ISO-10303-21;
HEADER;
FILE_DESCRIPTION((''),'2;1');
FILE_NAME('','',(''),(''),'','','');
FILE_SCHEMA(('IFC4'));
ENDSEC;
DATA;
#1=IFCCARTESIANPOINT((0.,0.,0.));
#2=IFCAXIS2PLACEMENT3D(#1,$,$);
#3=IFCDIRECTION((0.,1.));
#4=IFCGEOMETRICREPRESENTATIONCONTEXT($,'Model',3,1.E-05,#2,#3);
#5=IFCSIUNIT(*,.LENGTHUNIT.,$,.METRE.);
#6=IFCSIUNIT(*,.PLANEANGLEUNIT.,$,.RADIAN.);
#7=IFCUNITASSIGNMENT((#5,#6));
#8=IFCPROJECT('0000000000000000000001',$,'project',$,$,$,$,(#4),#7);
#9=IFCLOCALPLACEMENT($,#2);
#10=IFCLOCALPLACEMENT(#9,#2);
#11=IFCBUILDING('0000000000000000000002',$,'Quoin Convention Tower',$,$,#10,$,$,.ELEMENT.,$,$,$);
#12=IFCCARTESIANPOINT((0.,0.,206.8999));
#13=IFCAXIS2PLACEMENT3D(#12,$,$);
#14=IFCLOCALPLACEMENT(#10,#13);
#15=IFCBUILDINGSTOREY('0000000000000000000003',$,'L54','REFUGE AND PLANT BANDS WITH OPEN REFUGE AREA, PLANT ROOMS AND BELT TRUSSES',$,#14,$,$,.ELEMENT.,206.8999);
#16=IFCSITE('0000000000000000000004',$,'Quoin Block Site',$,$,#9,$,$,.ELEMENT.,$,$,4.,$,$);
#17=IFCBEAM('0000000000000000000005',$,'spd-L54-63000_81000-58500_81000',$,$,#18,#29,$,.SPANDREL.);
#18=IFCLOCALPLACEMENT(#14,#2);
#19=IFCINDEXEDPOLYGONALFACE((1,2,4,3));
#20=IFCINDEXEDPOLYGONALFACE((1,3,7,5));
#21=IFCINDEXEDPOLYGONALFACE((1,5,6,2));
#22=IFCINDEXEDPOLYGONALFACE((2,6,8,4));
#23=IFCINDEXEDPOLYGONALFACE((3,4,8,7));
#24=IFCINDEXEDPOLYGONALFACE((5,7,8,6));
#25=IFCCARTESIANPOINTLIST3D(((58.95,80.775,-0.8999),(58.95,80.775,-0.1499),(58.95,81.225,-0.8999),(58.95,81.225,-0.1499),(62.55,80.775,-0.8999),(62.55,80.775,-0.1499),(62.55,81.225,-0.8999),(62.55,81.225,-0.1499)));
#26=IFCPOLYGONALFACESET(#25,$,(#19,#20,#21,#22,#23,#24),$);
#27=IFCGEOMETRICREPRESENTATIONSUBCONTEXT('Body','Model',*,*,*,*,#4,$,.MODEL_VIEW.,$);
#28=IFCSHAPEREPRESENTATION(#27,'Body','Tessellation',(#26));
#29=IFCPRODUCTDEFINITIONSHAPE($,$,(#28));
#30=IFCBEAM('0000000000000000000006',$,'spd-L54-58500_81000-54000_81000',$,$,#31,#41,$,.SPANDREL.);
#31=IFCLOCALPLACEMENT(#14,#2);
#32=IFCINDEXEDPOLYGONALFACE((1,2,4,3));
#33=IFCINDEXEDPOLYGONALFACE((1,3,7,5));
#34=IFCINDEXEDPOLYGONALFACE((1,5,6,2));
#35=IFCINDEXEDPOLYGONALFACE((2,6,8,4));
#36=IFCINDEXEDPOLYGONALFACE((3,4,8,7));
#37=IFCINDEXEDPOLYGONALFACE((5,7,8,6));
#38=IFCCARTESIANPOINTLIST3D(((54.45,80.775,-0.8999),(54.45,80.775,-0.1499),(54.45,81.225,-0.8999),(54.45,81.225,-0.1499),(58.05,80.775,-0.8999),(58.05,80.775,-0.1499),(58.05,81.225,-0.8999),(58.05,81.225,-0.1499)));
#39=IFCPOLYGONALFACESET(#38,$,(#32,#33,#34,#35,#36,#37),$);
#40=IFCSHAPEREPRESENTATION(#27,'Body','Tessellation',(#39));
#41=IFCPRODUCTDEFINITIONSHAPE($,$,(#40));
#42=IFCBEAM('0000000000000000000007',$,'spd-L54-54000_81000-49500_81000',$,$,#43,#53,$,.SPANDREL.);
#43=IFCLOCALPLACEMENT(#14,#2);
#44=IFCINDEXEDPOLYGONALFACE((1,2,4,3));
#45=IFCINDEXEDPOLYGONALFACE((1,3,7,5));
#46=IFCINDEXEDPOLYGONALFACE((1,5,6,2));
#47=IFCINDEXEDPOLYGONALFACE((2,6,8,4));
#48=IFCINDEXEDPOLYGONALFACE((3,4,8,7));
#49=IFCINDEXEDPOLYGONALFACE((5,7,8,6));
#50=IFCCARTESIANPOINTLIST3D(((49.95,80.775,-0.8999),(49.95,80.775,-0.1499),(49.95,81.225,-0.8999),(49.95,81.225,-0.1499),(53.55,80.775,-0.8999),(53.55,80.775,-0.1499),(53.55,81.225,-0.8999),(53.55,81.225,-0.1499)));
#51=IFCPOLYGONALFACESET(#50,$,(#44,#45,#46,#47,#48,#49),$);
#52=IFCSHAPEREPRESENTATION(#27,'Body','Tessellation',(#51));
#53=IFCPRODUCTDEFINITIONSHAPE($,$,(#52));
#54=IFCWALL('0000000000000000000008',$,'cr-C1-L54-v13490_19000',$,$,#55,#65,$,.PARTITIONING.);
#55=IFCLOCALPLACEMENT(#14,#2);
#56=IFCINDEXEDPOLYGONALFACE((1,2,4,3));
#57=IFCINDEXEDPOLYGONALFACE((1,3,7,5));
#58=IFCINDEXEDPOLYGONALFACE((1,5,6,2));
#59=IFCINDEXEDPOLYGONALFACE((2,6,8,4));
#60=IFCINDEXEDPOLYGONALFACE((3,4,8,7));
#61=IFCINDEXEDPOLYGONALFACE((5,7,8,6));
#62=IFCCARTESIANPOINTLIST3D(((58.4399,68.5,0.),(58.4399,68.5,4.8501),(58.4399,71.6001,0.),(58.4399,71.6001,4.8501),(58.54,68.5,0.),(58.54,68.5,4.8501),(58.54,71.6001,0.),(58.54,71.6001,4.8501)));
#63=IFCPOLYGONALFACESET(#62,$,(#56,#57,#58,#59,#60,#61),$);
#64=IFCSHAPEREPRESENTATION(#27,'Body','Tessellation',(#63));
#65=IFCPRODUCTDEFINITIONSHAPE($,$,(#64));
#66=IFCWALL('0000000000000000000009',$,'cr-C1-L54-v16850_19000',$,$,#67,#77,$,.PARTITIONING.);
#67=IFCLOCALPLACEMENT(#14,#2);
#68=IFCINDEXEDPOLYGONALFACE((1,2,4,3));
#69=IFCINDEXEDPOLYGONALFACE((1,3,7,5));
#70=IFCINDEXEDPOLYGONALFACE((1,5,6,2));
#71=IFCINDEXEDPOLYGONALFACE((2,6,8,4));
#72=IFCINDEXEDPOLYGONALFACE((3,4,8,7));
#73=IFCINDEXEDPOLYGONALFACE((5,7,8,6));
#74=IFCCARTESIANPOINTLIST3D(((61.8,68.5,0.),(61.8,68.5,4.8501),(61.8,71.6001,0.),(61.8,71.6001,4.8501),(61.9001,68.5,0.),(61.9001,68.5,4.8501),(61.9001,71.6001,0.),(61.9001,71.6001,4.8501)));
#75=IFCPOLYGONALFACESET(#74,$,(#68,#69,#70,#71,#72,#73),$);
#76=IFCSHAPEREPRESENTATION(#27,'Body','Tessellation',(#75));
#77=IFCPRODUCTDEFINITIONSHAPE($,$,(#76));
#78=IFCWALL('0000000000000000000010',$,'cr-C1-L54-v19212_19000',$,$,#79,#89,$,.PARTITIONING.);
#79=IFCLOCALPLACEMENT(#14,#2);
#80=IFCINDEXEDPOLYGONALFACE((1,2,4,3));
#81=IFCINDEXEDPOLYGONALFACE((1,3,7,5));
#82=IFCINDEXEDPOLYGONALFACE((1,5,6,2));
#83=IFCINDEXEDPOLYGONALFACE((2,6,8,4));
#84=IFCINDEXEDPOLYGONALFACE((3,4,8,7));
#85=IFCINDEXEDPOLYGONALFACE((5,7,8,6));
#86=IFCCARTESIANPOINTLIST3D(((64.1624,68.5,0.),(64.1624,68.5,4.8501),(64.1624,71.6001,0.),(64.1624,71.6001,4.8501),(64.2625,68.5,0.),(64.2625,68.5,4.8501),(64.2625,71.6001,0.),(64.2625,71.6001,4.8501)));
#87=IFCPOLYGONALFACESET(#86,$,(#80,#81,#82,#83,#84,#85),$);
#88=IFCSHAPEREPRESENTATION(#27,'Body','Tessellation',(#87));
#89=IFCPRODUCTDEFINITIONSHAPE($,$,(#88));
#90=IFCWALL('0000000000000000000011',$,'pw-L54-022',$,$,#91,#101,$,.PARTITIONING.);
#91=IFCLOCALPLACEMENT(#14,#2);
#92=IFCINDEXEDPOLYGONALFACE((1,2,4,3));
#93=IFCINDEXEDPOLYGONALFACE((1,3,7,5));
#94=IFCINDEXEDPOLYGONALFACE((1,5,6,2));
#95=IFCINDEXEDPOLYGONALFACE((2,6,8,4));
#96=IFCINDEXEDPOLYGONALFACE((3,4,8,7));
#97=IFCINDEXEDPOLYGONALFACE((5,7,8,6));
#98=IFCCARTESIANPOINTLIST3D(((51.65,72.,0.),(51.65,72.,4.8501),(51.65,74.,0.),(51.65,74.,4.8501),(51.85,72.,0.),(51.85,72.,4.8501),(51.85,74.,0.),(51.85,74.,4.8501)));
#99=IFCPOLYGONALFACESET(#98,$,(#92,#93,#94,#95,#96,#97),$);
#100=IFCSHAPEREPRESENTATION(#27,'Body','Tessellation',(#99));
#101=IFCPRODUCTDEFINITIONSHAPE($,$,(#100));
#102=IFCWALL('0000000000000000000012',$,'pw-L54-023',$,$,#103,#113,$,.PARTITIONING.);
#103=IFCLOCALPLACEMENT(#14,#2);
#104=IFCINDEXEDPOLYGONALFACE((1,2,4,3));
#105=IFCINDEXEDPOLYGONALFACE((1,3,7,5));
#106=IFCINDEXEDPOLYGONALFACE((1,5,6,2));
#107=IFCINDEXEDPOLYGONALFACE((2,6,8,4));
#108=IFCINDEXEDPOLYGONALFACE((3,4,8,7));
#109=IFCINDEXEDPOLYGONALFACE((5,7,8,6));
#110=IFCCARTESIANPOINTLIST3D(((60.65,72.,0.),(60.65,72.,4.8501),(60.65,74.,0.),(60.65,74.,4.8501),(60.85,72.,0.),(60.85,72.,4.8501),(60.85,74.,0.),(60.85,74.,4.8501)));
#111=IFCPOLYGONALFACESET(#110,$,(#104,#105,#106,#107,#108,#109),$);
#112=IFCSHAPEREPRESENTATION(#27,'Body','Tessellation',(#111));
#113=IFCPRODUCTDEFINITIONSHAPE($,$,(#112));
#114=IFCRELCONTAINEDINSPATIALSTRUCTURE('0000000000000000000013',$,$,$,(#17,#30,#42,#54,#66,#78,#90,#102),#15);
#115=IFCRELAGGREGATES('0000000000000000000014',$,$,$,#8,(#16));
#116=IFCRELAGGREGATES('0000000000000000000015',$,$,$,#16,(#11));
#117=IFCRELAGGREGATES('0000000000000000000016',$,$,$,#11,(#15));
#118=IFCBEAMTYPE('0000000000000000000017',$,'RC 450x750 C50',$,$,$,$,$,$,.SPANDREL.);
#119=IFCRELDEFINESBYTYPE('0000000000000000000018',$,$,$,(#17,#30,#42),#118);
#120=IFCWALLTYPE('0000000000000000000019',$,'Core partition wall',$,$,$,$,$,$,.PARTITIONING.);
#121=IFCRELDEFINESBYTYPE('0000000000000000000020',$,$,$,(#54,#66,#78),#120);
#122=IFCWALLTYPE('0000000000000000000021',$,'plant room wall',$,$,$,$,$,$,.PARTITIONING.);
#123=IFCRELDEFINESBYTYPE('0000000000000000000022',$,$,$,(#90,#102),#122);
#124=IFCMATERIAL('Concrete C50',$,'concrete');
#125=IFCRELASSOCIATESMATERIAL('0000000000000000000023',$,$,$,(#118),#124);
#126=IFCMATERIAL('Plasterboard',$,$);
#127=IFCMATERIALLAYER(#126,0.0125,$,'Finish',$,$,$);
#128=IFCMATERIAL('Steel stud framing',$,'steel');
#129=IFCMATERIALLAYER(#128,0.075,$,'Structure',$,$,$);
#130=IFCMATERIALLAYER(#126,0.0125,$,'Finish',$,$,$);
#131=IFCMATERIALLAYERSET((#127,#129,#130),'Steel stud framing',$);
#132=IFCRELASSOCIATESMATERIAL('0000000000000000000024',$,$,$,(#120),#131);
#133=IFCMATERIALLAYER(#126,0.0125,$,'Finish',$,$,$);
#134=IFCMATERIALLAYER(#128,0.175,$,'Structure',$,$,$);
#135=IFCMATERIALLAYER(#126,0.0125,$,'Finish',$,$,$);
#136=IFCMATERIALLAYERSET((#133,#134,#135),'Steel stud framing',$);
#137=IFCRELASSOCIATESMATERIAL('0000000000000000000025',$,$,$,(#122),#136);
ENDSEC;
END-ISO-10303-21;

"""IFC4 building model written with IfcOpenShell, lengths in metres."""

from ifc_helpers import new_model, si_unit, direction, frame, frame_2d, origin, origin_2d, place, context, subcontext, project, spatial, rectangle, extrude, material, layer, layer_set, material_profile, profile_set, type_object, element, save


model = new_model("IFC4")

# Units and contexts
model_context = context("Model", 3, precision=1e-05, world=origin(), true_north=direction((0.0, 1.0)))
body_context = subcontext(model_context, "Body", "Model", "MODEL_VIEW")
ifc_project = project(units=[si_unit("LENGTHUNIT", "METRE"), si_unit("PLANEANGLEUNIT", "RADIAN")], contexts=[model_context])

# Site, building, storey
site_placement = place(None, origin())
site = spatial("IfcSite", under=ifc_project, at=site_placement, Name="Quoin Block Site", CompositionType="ELEMENT", RefElevation=4.0)
building_placement = place(site_placement, origin())
building = spatial("IfcBuilding", under=site, at=building_placement, Name="Quoin Convention Tower", CompositionType="ELEMENT")
storey_placement = place(building_placement, frame((0.0, 0.0, 206.8999)))
storey = spatial("IfcBuildingStorey", under=building, at=storey_placement, Name="L54", Description="REFUGE AND PLANT BANDS WITH OPEN REFUGE AREA, PLANT ROOMS AND BELT TRUSSES", CompositionType="ELEMENT", Elevation=206.8999)

# Shared definitions
ifc_material_1 = material(Name="Concrete C50", Category="concrete")

# Beams
ifc_material_profile_1 = material_profile(ifc_material_1, rectangle(XDim=0.45, YDim=0.75, at=origin_2d()), Name="RC 450x750")
ifc_profile_set_1 = profile_set([ifc_material_profile_1], Name="Concrete C50")
beam_type_1 = type_object("IfcBeamType", Name="RC 450x750 C50", PredefinedType="SPANDREL", material=ifc_profile_set_1)
for number, where, z_axis, x_axis, name in (
    (1, (62.55, 81.0, -0.5249), (-1.0, 0.0, 0.0), (0.0, -1.0, 0.0), "spd-L54-63000_81000-58500_81000"),
    (2, (58.05, 81.0, -0.5249), (-1.0, 0.0, 0.0), (0.0, -1.0, 0.0), "spd-L54-58500_81000-54000_81000"),
    (3, (53.55, 81.0, -0.5249), (-1.0, 0.0, 0.0), (0.0, -1.0, 0.0), "spd-L54-54000_81000-49500_81000"),
):
    element("IfcBeam", number, at=place(storey_placement, frame(where, z_axis=z_axis, x_axis=x_axis)), inside=storey, type_object=beam_type_1, Name=name, PredefinedType="SPANDREL", context=body_context, shape_type="SweptSolid", body=[
        extrude(rectangle(XDim=0.45, YDim=0.75, at=origin_2d()), origin(), (0.0, 0.0, 1.0), 3.6001),
    ])

# Walls
ifc_material_2 = material(Name="Plasterboard")
ifc_layer_1 = layer(ifc_material_2, 0.0125, Name="Finish")
ifc_material_3 = material(Name="Steel stud framing", Category="steel")
ifc_layer_2 = layer(ifc_material_3, 0.075, Name="Structure")
ifc_layer_3 = layer(ifc_material_2, 0.0125, Name="Finish")
ifc_layer_set_1 = layer_set([ifc_layer_1, ifc_layer_2, ifc_layer_3], Name="Steel stud framing")
wall_type_1 = type_object("IfcWallType", Name="Core partition wall", PredefinedType="PARTITIONING", material=ifc_layer_set_1)
for number, where, z_axis, x_axis, name in (
    (4, (58.49, 68.5, 0.0), (0.0, 0.0, 1.0), (0.0, 1.0, 0.0), "cr-C1-L54-v13490_19000"),
    (5, (61.8501, 68.5, 0.0), (0.0, 0.0, 1.0), (0.0, 1.0, 0.0), "cr-C1-L54-v16850_19000"),
    (6, (64.2124, 68.5, 0.0), (0.0, 0.0, 1.0), (0.0, 1.0, 0.0), "cr-C1-L54-v19212_19000"),
):
    element("IfcWall", number, at=place(storey_placement, frame(where, z_axis=z_axis, x_axis=x_axis)), inside=storey, type_object=wall_type_1, Name=name, PredefinedType="PARTITIONING", context=body_context, shape_type="SweptSolid", body=[
        extrude(rectangle(XDim=3.1001, YDim=0.1001, at=frame_2d((1.55, 0.0))), origin(), (0.0, 0.0, 1.0), 4.8501),
    ])
ifc_layer_4 = layer(ifc_material_2, 0.0125, Name="Finish")
ifc_layer_5 = layer(ifc_material_3, 0.175, Name="Structure")
ifc_layer_6 = layer(ifc_material_2, 0.0125, Name="Finish")
ifc_layer_set_2 = layer_set([ifc_layer_4, ifc_layer_5, ifc_layer_6], Name="Steel stud framing")
wall_type_2 = type_object("IfcWallType", Name="plant room wall", PredefinedType="PARTITIONING", material=ifc_layer_set_2)
for number, where, z_axis, x_axis, name in (
    (7, (51.75, 72.0, 0.0), (0.0, 0.0, 1.0), (0.0, 1.0, 0.0), "pw-L54-022"),
    (8, (60.75, 72.0, 0.0), (0.0, 0.0, 1.0), (0.0, 1.0, 0.0), "pw-L54-023"),
):
    element("IfcWall", number, at=place(storey_placement, frame(where, z_axis=z_axis, x_axis=x_axis)), inside=storey, type_object=wall_type_2, Name=name, PredefinedType="PARTITIONING", context=body_context, shape_type="SweptSolid", body=[
        extrude(rectangle(XDim=2.0, YDim=0.2, at=frame_2d((1.0, 0.0))), origin(), (0.0, 0.0, 1.0), 4.8501),
    ])

save(model, "model.ifc")
